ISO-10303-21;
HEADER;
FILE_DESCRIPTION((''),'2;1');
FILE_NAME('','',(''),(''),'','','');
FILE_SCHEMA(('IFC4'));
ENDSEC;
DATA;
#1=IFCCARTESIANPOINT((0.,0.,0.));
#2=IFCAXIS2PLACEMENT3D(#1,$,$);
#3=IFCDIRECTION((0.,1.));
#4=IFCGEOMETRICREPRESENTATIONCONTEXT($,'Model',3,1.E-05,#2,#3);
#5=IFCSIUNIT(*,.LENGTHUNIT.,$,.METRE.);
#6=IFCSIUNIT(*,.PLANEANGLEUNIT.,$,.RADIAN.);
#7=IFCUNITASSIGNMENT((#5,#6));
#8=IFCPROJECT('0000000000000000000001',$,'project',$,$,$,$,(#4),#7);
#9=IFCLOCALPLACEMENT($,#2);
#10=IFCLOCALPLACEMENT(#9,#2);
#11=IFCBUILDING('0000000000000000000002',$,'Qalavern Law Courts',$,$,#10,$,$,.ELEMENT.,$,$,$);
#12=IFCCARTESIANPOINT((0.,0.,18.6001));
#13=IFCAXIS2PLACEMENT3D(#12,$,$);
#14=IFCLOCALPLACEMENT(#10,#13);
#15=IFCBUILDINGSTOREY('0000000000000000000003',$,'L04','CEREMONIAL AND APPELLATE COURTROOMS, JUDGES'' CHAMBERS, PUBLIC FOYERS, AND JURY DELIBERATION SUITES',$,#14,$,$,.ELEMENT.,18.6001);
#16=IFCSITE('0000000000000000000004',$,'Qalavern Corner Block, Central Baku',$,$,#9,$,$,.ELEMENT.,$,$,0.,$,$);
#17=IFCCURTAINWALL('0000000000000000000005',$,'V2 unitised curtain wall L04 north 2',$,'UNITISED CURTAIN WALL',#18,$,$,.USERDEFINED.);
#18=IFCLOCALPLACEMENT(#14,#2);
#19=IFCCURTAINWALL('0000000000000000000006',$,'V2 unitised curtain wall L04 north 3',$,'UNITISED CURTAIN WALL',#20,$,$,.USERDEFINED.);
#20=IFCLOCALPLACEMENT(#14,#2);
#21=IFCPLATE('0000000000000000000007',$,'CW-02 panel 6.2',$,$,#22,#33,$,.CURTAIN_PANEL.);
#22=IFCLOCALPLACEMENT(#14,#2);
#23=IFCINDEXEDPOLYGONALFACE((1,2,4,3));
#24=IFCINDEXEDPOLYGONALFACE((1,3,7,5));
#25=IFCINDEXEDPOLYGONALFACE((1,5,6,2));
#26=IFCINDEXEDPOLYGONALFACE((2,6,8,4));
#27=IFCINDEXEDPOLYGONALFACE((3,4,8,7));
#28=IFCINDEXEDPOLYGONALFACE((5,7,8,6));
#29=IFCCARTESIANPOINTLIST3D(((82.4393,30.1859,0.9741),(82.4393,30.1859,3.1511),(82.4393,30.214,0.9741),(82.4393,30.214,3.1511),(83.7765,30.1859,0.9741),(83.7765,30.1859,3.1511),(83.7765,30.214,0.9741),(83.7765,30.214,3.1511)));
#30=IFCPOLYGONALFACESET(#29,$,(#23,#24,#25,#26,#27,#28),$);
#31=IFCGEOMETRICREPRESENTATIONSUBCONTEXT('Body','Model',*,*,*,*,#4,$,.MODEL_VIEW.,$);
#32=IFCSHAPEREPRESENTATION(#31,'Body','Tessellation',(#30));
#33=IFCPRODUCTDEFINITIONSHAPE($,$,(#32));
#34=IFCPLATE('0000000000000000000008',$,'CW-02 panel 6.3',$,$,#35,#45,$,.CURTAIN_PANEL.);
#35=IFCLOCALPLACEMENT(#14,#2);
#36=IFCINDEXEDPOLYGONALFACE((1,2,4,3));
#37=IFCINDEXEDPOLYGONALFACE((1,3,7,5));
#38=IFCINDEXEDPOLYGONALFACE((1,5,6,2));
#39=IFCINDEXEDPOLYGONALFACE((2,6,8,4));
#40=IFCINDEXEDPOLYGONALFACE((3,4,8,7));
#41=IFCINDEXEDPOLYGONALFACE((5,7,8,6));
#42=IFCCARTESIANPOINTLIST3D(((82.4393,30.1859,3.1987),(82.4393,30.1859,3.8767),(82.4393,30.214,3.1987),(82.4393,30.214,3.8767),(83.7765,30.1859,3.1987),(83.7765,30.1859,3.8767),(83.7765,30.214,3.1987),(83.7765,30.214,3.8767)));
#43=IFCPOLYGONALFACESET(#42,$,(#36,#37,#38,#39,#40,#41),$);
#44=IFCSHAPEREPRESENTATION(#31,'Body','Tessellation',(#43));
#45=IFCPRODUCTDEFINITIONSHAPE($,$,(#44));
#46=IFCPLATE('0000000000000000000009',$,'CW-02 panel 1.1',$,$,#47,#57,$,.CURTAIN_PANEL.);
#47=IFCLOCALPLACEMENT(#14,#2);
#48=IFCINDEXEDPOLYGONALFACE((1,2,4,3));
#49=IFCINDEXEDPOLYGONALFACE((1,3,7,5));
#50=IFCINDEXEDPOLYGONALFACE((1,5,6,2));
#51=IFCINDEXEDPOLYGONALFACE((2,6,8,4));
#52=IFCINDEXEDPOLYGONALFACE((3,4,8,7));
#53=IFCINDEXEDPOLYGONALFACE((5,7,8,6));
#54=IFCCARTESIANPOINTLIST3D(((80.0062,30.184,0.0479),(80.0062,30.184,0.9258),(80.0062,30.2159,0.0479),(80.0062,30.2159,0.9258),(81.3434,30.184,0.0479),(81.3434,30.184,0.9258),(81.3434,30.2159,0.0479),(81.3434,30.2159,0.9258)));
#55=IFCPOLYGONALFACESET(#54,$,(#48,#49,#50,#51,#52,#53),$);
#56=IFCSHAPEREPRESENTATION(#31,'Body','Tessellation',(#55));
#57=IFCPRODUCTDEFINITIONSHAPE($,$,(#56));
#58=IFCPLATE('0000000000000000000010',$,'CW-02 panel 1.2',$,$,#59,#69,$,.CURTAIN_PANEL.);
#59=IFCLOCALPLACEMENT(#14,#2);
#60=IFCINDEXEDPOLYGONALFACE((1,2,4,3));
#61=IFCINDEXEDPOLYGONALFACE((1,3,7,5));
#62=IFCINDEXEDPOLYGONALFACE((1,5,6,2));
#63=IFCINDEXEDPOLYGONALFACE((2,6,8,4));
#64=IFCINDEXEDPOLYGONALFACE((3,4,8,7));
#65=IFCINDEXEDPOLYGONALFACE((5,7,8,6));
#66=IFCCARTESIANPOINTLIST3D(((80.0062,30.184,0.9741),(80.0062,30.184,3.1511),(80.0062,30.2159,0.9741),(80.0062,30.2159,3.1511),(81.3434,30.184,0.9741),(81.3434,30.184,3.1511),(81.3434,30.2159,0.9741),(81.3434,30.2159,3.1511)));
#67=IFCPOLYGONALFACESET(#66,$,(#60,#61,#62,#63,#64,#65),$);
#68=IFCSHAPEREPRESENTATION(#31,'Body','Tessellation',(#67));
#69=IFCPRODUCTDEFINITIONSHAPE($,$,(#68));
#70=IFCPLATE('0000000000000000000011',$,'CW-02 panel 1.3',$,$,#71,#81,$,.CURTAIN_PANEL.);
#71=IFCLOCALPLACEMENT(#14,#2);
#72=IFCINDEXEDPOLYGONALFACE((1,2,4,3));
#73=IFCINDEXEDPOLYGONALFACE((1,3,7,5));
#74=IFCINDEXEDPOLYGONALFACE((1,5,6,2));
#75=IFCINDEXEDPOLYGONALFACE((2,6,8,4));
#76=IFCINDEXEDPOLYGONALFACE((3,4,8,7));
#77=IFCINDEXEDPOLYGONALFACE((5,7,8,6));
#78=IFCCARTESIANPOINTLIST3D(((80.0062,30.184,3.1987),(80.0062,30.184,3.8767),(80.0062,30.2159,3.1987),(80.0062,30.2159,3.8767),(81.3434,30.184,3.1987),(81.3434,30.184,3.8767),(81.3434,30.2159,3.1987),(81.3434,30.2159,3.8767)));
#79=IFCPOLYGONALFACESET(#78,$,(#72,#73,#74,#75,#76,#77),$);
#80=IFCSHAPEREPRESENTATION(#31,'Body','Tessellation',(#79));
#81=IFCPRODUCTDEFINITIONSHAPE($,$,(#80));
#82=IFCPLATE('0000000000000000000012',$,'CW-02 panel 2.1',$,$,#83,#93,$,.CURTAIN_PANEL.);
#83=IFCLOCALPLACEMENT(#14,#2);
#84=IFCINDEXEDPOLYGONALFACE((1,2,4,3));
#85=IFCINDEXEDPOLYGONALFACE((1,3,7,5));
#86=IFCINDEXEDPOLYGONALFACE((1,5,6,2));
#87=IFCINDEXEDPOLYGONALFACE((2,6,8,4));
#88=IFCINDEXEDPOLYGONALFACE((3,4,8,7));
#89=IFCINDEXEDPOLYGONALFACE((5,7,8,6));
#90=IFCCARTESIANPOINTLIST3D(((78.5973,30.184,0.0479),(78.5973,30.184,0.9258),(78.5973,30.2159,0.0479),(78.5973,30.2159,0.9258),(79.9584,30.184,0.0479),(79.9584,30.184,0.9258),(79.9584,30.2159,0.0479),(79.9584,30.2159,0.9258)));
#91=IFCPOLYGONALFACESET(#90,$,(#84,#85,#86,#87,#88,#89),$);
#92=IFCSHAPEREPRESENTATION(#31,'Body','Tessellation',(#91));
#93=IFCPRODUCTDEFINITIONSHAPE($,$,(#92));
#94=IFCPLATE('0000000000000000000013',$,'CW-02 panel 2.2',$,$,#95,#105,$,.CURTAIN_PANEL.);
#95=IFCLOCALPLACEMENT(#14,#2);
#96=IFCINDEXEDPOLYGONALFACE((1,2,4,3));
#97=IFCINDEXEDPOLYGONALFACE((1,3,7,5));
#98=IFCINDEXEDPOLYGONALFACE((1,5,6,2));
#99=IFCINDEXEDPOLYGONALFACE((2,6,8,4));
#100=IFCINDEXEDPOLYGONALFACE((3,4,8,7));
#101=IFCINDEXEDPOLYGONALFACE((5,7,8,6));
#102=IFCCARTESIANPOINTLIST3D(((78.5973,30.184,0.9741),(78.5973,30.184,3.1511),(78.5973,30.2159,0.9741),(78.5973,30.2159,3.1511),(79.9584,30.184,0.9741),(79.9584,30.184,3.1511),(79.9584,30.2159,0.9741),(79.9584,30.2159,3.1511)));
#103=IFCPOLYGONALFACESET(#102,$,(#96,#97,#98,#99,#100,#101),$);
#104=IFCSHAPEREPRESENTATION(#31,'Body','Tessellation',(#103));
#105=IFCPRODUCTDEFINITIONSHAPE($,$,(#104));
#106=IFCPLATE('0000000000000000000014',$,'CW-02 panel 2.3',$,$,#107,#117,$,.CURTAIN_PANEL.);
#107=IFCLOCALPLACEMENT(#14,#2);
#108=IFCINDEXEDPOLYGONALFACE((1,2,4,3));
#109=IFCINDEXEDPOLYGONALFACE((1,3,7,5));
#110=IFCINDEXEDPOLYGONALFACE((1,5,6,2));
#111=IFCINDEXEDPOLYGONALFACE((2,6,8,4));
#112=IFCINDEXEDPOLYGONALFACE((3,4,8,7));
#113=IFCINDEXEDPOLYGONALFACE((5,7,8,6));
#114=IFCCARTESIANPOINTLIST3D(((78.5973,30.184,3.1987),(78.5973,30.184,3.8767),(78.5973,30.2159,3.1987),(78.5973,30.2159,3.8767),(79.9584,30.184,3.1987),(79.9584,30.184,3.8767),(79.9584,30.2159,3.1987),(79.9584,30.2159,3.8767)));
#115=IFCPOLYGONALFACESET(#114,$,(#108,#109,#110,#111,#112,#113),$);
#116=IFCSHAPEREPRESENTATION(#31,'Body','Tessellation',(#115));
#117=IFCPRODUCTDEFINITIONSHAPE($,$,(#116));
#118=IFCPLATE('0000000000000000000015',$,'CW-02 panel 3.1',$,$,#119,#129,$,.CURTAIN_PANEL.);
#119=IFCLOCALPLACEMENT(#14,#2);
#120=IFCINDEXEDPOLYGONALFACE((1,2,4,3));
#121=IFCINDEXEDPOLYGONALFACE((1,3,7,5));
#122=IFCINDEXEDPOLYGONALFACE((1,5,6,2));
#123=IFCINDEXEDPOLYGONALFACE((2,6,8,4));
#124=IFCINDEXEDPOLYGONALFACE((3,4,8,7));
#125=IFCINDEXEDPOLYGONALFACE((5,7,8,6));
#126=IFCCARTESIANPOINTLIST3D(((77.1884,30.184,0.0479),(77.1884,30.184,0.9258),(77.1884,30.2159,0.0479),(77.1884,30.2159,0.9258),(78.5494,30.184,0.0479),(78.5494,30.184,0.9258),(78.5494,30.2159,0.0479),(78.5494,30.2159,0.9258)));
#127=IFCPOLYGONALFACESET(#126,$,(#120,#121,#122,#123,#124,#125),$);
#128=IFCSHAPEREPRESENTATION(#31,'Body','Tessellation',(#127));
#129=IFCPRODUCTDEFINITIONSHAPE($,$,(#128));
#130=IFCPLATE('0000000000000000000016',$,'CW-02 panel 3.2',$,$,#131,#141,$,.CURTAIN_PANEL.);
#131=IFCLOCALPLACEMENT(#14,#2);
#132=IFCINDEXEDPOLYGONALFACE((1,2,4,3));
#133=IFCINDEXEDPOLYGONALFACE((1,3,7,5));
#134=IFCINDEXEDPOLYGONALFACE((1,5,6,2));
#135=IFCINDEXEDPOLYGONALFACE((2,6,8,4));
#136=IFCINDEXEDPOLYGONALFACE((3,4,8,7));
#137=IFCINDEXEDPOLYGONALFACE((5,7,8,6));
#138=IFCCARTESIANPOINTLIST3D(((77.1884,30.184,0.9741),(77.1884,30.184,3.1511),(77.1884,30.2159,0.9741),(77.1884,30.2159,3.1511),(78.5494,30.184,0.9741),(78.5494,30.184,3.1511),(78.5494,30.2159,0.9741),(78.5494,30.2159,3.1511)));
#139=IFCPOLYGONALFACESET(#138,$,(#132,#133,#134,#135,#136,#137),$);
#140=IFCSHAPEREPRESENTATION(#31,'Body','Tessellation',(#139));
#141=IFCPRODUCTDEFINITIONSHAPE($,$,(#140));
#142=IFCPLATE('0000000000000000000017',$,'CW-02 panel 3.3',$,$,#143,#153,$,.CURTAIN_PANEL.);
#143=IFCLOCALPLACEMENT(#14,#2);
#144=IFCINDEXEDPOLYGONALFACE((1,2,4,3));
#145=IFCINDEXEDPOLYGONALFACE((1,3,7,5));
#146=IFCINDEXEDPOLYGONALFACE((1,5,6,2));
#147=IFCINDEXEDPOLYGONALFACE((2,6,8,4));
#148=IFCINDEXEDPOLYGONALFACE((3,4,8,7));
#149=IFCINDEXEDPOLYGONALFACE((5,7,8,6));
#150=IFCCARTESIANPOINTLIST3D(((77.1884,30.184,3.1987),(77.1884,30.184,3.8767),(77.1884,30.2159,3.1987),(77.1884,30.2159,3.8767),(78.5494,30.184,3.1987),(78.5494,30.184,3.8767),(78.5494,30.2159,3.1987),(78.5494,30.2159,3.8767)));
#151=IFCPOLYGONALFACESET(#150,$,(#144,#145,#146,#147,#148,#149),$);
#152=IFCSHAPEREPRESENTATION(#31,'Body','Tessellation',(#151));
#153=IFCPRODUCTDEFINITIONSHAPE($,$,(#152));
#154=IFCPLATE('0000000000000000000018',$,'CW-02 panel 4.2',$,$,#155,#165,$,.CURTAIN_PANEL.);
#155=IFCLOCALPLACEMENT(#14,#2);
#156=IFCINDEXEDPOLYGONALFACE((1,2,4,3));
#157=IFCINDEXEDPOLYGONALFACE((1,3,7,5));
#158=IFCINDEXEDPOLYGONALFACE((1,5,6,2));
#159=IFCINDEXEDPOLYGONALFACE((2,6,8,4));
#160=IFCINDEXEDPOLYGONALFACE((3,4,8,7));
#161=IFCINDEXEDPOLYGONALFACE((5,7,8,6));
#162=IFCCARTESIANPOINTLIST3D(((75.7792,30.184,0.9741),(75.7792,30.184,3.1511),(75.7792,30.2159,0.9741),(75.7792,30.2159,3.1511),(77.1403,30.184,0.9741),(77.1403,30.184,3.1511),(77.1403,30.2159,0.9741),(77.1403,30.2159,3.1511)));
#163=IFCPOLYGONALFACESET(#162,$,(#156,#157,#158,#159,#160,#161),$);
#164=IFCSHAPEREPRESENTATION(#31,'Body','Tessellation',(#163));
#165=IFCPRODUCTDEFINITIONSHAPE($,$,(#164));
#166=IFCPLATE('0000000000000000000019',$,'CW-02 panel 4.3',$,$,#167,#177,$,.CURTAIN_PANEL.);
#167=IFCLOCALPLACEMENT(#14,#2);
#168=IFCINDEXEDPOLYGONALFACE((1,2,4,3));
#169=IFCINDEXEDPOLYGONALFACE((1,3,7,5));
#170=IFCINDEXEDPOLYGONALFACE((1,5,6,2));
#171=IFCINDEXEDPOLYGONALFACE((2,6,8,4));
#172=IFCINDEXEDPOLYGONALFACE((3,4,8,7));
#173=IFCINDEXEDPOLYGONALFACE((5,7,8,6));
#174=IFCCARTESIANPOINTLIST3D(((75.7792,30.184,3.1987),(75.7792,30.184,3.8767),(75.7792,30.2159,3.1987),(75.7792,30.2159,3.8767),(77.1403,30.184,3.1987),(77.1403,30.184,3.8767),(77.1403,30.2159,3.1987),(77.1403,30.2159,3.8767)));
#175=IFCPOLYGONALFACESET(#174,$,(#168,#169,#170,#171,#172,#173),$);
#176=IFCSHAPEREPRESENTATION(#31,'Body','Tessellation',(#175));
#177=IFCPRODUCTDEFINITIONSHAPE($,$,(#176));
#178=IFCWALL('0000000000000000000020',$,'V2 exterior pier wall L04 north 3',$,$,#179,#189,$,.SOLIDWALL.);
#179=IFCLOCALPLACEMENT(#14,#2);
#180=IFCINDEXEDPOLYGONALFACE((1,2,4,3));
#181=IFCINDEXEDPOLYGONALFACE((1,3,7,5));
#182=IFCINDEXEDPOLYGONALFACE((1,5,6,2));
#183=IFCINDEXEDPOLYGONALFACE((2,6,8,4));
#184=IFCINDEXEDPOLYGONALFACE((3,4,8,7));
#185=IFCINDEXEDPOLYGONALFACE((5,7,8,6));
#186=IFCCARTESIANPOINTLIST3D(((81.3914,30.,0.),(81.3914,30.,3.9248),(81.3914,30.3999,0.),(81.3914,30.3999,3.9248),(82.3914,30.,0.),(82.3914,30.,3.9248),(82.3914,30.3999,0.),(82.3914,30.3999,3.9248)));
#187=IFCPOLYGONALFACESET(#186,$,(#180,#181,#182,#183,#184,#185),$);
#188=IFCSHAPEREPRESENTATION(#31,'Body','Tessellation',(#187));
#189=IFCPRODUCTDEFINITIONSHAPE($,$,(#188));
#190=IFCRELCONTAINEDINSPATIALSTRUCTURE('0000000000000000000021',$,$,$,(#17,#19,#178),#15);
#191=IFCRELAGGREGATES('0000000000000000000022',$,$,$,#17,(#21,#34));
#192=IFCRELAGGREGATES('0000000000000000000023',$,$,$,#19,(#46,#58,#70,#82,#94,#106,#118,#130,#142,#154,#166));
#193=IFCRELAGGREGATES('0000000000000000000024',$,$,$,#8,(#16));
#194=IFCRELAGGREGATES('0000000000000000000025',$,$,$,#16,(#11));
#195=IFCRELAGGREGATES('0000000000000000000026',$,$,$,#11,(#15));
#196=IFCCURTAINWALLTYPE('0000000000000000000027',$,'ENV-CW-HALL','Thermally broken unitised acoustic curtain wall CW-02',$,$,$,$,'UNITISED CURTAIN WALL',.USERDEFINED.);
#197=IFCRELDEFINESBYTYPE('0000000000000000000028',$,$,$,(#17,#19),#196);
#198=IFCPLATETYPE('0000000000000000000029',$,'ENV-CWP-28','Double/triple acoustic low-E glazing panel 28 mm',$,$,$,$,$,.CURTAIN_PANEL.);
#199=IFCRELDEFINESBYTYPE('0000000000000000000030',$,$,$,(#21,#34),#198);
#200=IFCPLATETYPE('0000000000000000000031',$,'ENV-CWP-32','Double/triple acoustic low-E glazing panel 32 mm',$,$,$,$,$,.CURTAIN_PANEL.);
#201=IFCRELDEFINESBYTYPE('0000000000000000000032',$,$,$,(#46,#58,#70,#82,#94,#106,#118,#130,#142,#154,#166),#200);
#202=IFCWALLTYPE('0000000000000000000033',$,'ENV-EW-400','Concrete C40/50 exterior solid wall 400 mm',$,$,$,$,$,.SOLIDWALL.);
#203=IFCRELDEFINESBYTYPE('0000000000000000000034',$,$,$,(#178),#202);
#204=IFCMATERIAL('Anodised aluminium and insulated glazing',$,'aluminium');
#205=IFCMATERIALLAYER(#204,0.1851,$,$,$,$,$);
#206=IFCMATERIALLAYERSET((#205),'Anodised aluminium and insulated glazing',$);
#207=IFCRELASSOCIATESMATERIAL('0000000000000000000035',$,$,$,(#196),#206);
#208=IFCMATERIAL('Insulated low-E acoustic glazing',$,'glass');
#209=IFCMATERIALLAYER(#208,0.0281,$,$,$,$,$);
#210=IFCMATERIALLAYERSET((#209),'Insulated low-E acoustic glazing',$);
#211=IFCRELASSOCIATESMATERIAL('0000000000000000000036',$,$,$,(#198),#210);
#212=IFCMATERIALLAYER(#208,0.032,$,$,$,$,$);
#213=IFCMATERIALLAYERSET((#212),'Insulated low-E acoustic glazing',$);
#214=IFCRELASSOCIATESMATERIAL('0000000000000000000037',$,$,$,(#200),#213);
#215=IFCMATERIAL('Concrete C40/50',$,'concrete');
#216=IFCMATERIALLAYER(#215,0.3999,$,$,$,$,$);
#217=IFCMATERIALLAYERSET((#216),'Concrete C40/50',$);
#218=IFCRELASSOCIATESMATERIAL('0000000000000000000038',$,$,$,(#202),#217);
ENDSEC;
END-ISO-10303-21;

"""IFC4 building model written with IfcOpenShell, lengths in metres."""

from ifc_helpers import new_model, si_unit, direction, frame, frame_2d, origin, origin_2d, place, context, subcontext, project, spatial, rectangle, extrude, material, layer, layer_set, type_object, element, aggregate, save


model = new_model("IFC4")

# Units and contexts
model_context = context("Model", 3, precision=1e-05, world=origin(), true_north=direction((0.0, 1.0)))
body_context = subcontext(model_context, "Body", "Model", "MODEL_VIEW")
ifc_project = project(units=[si_unit("LENGTHUNIT", "METRE"), si_unit("PLANEANGLEUNIT", "RADIAN")], contexts=[model_context])

# Site, building, storey
site_placement = place(None, origin())
site = spatial("IfcSite", under=ifc_project, at=site_placement, Name="Qalavern Corner Block, Central Baku", CompositionType="ELEMENT", RefElevation=0.0)
building_placement = place(site_placement, origin())
building = spatial("IfcBuilding", under=site, at=building_placement, Name="Qalavern Law Courts", CompositionType="ELEMENT")
storey_placement = place(building_placement, frame((0.0, 0.0, 18.6001)))
storey = spatial("IfcBuildingStorey", under=building, at=storey_placement, Name="L04", Description="CEREMONIAL AND APPELLATE COURTROOMS, JUDGES' CHAMBERS, PUBLIC FOYERS, AND JURY DELIBERATION SUITES", CompositionType="ELEMENT", Elevation=18.6001)

# Curtain wall
ifc_material_1 = material(Name="Anodised aluminium and insulated glazing", Category="aluminium")
ifc_layer_1 = layer(ifc_material_1, 0.1851)
ifc_layer_set_1 = layer_set([ifc_layer_1], Name="Anodised aluminium and insulated glazing")
curtain_wall_type = type_object("IfcCurtainWallType", Name="ENV-CW-HALL", Description="Thermally broken unitised acoustic curtain wall CW-02", ElementType="UNITISED CURTAIN WALL", PredefinedType="USERDEFINED", material=ifc_layer_set_1)
curtain_wall_1_placement = place(storey_placement, origin())
curtain_wall_1 = element("IfcCurtainWall", 1, at=curtain_wall_1_placement, inside=storey, type_object=curtain_wall_type, Name="V2 unitised curtain wall L04 north 2", ObjectType="UNITISED CURTAIN WALL", PredefinedType="USERDEFINED")

# Curtain wall
curtain_wall_2_placement = place(storey_placement, origin())
curtain_wall_2 = element("IfcCurtainWall", 2, at=curtain_wall_2_placement, inside=storey, type_object=curtain_wall_type, Name="V2 unitised curtain wall L04 north 3", ObjectType="UNITISED CURTAIN WALL", PredefinedType="USERDEFINED")

# Plates
ifc_material_2 = material(Name="Insulated low-E acoustic glazing", Category="glass")
ifc_layer_2 = layer(ifc_material_2, 0.0281)
ifc_layer_set_2 = layer_set([ifc_layer_2], Name="Insulated low-E acoustic glazing")
plate_type_1 = type_object("IfcPlateType", Name="ENV-CWP-28", Description="Double/triple acoustic low-E glazing panel 28 mm", PredefinedType="CURTAIN_PANEL", material=ifc_layer_set_2)
plate_1_placement = place(storey_placement, frame((83.1079, 30.2, 0.9741), z_axis=(0.0, 0.0, 1.0), x_axis=(-1.0, 0.0, 0.0)))
plate_1 = element("IfcPlate", 3, at=plate_1_placement, type_object=plate_type_1, Name="CW-02 panel 6.2", PredefinedType="CURTAIN_PANEL", context=body_context, shape_type="SweptSolid", body=[
    extrude(rectangle(XDim=1.3372, YDim=0.0281, at=origin_2d()), origin(), (0.0, 0.0, 1.0), 2.177),
])
plate_2_placement = place(storey_placement, frame((83.1079, 30.2, 3.1987), z_axis=(0.0, 0.0, 1.0), x_axis=(-1.0, 0.0, 0.0)))
plate_2 = element("IfcPlate", 4, at=plate_2_placement, type_object=plate_type_1, Name="CW-02 panel 6.3", PredefinedType="CURTAIN_PANEL", context=body_context, shape_type="SweptSolid", body=[
    extrude(rectangle(XDim=1.3372, YDim=0.0281, at=origin_2d()), origin(), (0.0, 0.0, 1.0), 0.678),
])
aggregate(curtain_wall_1, [plate_1, plate_2])
ifc_layer_3 = layer(ifc_material_2, 0.032)
ifc_layer_set_3 = layer_set([ifc_layer_3], Name="Insulated low-E acoustic glazing")
plate_type_2 = type_object("IfcPlateType", Name="ENV-CWP-32", Description="Double/triple acoustic low-E glazing panel 32 mm", PredefinedType="CURTAIN_PANEL", material=ifc_layer_set_3)
plate_3_placement = place(storey_placement, frame((80.6748, 30.2, 0.0479), z_axis=(0.0, 0.0, 1.0), x_axis=(-1.0, 0.0, 0.0)))
plate_3 = element("IfcPlate", 5, at=plate_3_placement, type_object=plate_type_2, Name="CW-02 panel 1.1", PredefinedType="CURTAIN_PANEL", context=body_context, shape_type="SweptSolid", body=[
    extrude(rectangle(XDim=1.3372, YDim=0.032, at=origin_2d()), origin(), (0.0, 0.0, 1.0), 0.8779),
])
plate_4_placement = place(storey_placement, frame((80.6748, 30.2, 0.9741), z_axis=(0.0, 0.0, 1.0), x_axis=(-1.0, 0.0, 0.0)))
plate_4 = element("IfcPlate", 6, at=plate_4_placement, type_object=plate_type_2, Name="CW-02 panel 1.2", PredefinedType="CURTAIN_PANEL", context=body_context, shape_type="SweptSolid", body=[
    extrude(rectangle(XDim=1.3372, YDim=0.032, at=origin_2d()), origin(), (0.0, 0.0, 1.0), 2.177),
])
plate_5_placement = place(storey_placement, frame((80.6748, 30.2, 3.1987), z_axis=(0.0, 0.0, 1.0), x_axis=(-1.0, 0.0, 0.0)))
plate_5 = element("IfcPlate", 7, at=plate_5_placement, type_object=plate_type_2, Name="CW-02 panel 1.3", PredefinedType="CURTAIN_PANEL", context=body_context, shape_type="SweptSolid", body=[
    extrude(rectangle(XDim=1.3372, YDim=0.032, at=origin_2d()), origin(), (0.0, 0.0, 1.0), 0.678),
])
plate_6_placement = place(storey_placement, frame((79.2778, 30.2, 0.0479), z_axis=(0.0, 0.0, 1.0), x_axis=(-1.0, 0.0, 0.0)))
plate_6 = element("IfcPlate", 8, at=plate_6_placement, type_object=plate_type_2, Name="CW-02 panel 2.1", PredefinedType="CURTAIN_PANEL", context=body_context, shape_type="SweptSolid", body=[
    extrude(rectangle(XDim=1.3611, YDim=0.032, at=origin_2d()), origin(), (0.0, 0.0, 1.0), 0.8779),
])
plate_7_placement = place(storey_placement, frame((79.2778, 30.2, 0.9741), z_axis=(0.0, 0.0, 1.0), x_axis=(-1.0, 0.0, 0.0)))
plate_7 = element("IfcPlate", 9, at=plate_7_placement, type_object=plate_type_2, Name="CW-02 panel 2.2", PredefinedType="CURTAIN_PANEL", context=body_context, shape_type="SweptSolid", body=[
    extrude(rectangle(XDim=1.3611, YDim=0.032, at=origin_2d()), origin(), (0.0, 0.0, 1.0), 2.177),
])
plate_8_placement = place(storey_placement, frame((79.2778, 30.2, 3.1987), z_axis=(0.0, 0.0, 1.0), x_axis=(-1.0, 0.0, 0.0)))
plate_8 = element("IfcPlate", 10, at=plate_8_placement, type_object=plate_type_2, Name="CW-02 panel 2.3", PredefinedType="CURTAIN_PANEL", context=body_context, shape_type="SweptSolid", body=[
    extrude(rectangle(XDim=1.3611, YDim=0.032, at=origin_2d()), origin(), (0.0, 0.0, 1.0), 0.678),
])
plate_9_placement = place(storey_placement, frame((77.8689, 30.2, 0.0479), z_axis=(0.0, 0.0, 1.0), x_axis=(-1.0, 0.0, 0.0)))
plate_9 = element("IfcPlate", 11, at=plate_9_placement, type_object=plate_type_2, Name="CW-02 panel 3.1", PredefinedType="CURTAIN_PANEL", context=body_context, shape_type="SweptSolid", body=[
    extrude(rectangle(XDim=1.3611, YDim=0.032, at=origin_2d()), origin(), (0.0, 0.0, 1.0), 0.8779),
])
plate_10_placement = place(storey_placement, frame((77.8689, 30.2, 0.9741), z_axis=(0.0, 0.0, 1.0), x_axis=(-1.0, 0.0, 0.0)))
plate_10 = element("IfcPlate", 12, at=plate_10_placement, type_object=plate_type_2, Name="CW-02 panel 3.2", PredefinedType="CURTAIN_PANEL", context=body_context, shape_type="SweptSolid", body=[
    extrude(rectangle(XDim=1.3611, YDim=0.032, at=origin_2d()), origin(), (0.0, 0.0, 1.0), 2.177),
])
plate_11_placement = place(storey_placement, frame((77.8689, 30.2, 3.1987), z_axis=(0.0, 0.0, 1.0), x_axis=(-1.0, 0.0, 0.0)))
plate_11 = element("IfcPlate", 13, at=plate_11_placement, type_object=plate_type_2, Name="CW-02 panel 3.3", PredefinedType="CURTAIN_PANEL", context=body_context, shape_type="SweptSolid", body=[
    extrude(rectangle(XDim=1.3611, YDim=0.032, at=origin_2d()), origin(), (0.0, 0.0, 1.0), 0.678),
])
plate_12_placement = place(storey_placement, frame((76.4597, 30.2, 0.9741), z_axis=(0.0, 0.0, 1.0), x_axis=(-1.0, 0.0, 0.0)))
plate_12 = element("IfcPlate", 14, at=plate_12_placement, type_object=plate_type_2, Name="CW-02 panel 4.2", PredefinedType="CURTAIN_PANEL", context=body_context, shape_type="SweptSolid", body=[
    extrude(rectangle(XDim=1.3611, YDim=0.032, at=origin_2d()), origin(), (0.0, 0.0, 1.0), 2.177),
])
plate_13_placement = place(storey_placement, frame((76.4597, 30.2, 3.1987), z_axis=(0.0, 0.0, 1.0), x_axis=(-1.0, 0.0, 0.0)))
plate_13 = element("IfcPlate", 15, at=plate_13_placement, type_object=plate_type_2, Name="CW-02 panel 4.3", PredefinedType="CURTAIN_PANEL", context=body_context, shape_type="SweptSolid", body=[
    extrude(rectangle(XDim=1.3611, YDim=0.032, at=origin_2d()), origin(), (0.0, 0.0, 1.0), 0.678),
])
aggregate(curtain_wall_2, [plate_3, plate_4, plate_5, plate_6, plate_7, plate_8, plate_9, plate_10, plate_11, plate_12, plate_13])

# Wall
ifc_material_3 = material(Name="Concrete C40/50", Category="concrete")
ifc_layer_4 = layer(ifc_material_3, 0.3999)
ifc_layer_set_4 = layer_set([ifc_layer_4], Name="Concrete C40/50")
wall_type = type_object("IfcWallType", Name="ENV-EW-400", Description="Concrete C40/50 exterior solid wall 400 mm", PredefinedType="SOLIDWALL", material=ifc_layer_set_4)
wall_placement = place(storey_placement, frame((82.3914, 30.2, 0.0), z_axis=(0.0, 0.0, 1.0), x_axis=(-1.0, 0.0, 0.0)))
element("IfcWall", 16, at=wall_placement, inside=storey, type_object=wall_type, Name="V2 exterior pier wall L04 north 3", PredefinedType="SOLIDWALL", context=body_context, shape_type="SweptSolid", body=[
    extrude(rectangle(XDim=1.0, YDim=0.3999, at=frame_2d((0.5, 0.0))), origin(), (0.0, 0.0, 1.0), 3.9248),
])

save(model, "model.ifc")
